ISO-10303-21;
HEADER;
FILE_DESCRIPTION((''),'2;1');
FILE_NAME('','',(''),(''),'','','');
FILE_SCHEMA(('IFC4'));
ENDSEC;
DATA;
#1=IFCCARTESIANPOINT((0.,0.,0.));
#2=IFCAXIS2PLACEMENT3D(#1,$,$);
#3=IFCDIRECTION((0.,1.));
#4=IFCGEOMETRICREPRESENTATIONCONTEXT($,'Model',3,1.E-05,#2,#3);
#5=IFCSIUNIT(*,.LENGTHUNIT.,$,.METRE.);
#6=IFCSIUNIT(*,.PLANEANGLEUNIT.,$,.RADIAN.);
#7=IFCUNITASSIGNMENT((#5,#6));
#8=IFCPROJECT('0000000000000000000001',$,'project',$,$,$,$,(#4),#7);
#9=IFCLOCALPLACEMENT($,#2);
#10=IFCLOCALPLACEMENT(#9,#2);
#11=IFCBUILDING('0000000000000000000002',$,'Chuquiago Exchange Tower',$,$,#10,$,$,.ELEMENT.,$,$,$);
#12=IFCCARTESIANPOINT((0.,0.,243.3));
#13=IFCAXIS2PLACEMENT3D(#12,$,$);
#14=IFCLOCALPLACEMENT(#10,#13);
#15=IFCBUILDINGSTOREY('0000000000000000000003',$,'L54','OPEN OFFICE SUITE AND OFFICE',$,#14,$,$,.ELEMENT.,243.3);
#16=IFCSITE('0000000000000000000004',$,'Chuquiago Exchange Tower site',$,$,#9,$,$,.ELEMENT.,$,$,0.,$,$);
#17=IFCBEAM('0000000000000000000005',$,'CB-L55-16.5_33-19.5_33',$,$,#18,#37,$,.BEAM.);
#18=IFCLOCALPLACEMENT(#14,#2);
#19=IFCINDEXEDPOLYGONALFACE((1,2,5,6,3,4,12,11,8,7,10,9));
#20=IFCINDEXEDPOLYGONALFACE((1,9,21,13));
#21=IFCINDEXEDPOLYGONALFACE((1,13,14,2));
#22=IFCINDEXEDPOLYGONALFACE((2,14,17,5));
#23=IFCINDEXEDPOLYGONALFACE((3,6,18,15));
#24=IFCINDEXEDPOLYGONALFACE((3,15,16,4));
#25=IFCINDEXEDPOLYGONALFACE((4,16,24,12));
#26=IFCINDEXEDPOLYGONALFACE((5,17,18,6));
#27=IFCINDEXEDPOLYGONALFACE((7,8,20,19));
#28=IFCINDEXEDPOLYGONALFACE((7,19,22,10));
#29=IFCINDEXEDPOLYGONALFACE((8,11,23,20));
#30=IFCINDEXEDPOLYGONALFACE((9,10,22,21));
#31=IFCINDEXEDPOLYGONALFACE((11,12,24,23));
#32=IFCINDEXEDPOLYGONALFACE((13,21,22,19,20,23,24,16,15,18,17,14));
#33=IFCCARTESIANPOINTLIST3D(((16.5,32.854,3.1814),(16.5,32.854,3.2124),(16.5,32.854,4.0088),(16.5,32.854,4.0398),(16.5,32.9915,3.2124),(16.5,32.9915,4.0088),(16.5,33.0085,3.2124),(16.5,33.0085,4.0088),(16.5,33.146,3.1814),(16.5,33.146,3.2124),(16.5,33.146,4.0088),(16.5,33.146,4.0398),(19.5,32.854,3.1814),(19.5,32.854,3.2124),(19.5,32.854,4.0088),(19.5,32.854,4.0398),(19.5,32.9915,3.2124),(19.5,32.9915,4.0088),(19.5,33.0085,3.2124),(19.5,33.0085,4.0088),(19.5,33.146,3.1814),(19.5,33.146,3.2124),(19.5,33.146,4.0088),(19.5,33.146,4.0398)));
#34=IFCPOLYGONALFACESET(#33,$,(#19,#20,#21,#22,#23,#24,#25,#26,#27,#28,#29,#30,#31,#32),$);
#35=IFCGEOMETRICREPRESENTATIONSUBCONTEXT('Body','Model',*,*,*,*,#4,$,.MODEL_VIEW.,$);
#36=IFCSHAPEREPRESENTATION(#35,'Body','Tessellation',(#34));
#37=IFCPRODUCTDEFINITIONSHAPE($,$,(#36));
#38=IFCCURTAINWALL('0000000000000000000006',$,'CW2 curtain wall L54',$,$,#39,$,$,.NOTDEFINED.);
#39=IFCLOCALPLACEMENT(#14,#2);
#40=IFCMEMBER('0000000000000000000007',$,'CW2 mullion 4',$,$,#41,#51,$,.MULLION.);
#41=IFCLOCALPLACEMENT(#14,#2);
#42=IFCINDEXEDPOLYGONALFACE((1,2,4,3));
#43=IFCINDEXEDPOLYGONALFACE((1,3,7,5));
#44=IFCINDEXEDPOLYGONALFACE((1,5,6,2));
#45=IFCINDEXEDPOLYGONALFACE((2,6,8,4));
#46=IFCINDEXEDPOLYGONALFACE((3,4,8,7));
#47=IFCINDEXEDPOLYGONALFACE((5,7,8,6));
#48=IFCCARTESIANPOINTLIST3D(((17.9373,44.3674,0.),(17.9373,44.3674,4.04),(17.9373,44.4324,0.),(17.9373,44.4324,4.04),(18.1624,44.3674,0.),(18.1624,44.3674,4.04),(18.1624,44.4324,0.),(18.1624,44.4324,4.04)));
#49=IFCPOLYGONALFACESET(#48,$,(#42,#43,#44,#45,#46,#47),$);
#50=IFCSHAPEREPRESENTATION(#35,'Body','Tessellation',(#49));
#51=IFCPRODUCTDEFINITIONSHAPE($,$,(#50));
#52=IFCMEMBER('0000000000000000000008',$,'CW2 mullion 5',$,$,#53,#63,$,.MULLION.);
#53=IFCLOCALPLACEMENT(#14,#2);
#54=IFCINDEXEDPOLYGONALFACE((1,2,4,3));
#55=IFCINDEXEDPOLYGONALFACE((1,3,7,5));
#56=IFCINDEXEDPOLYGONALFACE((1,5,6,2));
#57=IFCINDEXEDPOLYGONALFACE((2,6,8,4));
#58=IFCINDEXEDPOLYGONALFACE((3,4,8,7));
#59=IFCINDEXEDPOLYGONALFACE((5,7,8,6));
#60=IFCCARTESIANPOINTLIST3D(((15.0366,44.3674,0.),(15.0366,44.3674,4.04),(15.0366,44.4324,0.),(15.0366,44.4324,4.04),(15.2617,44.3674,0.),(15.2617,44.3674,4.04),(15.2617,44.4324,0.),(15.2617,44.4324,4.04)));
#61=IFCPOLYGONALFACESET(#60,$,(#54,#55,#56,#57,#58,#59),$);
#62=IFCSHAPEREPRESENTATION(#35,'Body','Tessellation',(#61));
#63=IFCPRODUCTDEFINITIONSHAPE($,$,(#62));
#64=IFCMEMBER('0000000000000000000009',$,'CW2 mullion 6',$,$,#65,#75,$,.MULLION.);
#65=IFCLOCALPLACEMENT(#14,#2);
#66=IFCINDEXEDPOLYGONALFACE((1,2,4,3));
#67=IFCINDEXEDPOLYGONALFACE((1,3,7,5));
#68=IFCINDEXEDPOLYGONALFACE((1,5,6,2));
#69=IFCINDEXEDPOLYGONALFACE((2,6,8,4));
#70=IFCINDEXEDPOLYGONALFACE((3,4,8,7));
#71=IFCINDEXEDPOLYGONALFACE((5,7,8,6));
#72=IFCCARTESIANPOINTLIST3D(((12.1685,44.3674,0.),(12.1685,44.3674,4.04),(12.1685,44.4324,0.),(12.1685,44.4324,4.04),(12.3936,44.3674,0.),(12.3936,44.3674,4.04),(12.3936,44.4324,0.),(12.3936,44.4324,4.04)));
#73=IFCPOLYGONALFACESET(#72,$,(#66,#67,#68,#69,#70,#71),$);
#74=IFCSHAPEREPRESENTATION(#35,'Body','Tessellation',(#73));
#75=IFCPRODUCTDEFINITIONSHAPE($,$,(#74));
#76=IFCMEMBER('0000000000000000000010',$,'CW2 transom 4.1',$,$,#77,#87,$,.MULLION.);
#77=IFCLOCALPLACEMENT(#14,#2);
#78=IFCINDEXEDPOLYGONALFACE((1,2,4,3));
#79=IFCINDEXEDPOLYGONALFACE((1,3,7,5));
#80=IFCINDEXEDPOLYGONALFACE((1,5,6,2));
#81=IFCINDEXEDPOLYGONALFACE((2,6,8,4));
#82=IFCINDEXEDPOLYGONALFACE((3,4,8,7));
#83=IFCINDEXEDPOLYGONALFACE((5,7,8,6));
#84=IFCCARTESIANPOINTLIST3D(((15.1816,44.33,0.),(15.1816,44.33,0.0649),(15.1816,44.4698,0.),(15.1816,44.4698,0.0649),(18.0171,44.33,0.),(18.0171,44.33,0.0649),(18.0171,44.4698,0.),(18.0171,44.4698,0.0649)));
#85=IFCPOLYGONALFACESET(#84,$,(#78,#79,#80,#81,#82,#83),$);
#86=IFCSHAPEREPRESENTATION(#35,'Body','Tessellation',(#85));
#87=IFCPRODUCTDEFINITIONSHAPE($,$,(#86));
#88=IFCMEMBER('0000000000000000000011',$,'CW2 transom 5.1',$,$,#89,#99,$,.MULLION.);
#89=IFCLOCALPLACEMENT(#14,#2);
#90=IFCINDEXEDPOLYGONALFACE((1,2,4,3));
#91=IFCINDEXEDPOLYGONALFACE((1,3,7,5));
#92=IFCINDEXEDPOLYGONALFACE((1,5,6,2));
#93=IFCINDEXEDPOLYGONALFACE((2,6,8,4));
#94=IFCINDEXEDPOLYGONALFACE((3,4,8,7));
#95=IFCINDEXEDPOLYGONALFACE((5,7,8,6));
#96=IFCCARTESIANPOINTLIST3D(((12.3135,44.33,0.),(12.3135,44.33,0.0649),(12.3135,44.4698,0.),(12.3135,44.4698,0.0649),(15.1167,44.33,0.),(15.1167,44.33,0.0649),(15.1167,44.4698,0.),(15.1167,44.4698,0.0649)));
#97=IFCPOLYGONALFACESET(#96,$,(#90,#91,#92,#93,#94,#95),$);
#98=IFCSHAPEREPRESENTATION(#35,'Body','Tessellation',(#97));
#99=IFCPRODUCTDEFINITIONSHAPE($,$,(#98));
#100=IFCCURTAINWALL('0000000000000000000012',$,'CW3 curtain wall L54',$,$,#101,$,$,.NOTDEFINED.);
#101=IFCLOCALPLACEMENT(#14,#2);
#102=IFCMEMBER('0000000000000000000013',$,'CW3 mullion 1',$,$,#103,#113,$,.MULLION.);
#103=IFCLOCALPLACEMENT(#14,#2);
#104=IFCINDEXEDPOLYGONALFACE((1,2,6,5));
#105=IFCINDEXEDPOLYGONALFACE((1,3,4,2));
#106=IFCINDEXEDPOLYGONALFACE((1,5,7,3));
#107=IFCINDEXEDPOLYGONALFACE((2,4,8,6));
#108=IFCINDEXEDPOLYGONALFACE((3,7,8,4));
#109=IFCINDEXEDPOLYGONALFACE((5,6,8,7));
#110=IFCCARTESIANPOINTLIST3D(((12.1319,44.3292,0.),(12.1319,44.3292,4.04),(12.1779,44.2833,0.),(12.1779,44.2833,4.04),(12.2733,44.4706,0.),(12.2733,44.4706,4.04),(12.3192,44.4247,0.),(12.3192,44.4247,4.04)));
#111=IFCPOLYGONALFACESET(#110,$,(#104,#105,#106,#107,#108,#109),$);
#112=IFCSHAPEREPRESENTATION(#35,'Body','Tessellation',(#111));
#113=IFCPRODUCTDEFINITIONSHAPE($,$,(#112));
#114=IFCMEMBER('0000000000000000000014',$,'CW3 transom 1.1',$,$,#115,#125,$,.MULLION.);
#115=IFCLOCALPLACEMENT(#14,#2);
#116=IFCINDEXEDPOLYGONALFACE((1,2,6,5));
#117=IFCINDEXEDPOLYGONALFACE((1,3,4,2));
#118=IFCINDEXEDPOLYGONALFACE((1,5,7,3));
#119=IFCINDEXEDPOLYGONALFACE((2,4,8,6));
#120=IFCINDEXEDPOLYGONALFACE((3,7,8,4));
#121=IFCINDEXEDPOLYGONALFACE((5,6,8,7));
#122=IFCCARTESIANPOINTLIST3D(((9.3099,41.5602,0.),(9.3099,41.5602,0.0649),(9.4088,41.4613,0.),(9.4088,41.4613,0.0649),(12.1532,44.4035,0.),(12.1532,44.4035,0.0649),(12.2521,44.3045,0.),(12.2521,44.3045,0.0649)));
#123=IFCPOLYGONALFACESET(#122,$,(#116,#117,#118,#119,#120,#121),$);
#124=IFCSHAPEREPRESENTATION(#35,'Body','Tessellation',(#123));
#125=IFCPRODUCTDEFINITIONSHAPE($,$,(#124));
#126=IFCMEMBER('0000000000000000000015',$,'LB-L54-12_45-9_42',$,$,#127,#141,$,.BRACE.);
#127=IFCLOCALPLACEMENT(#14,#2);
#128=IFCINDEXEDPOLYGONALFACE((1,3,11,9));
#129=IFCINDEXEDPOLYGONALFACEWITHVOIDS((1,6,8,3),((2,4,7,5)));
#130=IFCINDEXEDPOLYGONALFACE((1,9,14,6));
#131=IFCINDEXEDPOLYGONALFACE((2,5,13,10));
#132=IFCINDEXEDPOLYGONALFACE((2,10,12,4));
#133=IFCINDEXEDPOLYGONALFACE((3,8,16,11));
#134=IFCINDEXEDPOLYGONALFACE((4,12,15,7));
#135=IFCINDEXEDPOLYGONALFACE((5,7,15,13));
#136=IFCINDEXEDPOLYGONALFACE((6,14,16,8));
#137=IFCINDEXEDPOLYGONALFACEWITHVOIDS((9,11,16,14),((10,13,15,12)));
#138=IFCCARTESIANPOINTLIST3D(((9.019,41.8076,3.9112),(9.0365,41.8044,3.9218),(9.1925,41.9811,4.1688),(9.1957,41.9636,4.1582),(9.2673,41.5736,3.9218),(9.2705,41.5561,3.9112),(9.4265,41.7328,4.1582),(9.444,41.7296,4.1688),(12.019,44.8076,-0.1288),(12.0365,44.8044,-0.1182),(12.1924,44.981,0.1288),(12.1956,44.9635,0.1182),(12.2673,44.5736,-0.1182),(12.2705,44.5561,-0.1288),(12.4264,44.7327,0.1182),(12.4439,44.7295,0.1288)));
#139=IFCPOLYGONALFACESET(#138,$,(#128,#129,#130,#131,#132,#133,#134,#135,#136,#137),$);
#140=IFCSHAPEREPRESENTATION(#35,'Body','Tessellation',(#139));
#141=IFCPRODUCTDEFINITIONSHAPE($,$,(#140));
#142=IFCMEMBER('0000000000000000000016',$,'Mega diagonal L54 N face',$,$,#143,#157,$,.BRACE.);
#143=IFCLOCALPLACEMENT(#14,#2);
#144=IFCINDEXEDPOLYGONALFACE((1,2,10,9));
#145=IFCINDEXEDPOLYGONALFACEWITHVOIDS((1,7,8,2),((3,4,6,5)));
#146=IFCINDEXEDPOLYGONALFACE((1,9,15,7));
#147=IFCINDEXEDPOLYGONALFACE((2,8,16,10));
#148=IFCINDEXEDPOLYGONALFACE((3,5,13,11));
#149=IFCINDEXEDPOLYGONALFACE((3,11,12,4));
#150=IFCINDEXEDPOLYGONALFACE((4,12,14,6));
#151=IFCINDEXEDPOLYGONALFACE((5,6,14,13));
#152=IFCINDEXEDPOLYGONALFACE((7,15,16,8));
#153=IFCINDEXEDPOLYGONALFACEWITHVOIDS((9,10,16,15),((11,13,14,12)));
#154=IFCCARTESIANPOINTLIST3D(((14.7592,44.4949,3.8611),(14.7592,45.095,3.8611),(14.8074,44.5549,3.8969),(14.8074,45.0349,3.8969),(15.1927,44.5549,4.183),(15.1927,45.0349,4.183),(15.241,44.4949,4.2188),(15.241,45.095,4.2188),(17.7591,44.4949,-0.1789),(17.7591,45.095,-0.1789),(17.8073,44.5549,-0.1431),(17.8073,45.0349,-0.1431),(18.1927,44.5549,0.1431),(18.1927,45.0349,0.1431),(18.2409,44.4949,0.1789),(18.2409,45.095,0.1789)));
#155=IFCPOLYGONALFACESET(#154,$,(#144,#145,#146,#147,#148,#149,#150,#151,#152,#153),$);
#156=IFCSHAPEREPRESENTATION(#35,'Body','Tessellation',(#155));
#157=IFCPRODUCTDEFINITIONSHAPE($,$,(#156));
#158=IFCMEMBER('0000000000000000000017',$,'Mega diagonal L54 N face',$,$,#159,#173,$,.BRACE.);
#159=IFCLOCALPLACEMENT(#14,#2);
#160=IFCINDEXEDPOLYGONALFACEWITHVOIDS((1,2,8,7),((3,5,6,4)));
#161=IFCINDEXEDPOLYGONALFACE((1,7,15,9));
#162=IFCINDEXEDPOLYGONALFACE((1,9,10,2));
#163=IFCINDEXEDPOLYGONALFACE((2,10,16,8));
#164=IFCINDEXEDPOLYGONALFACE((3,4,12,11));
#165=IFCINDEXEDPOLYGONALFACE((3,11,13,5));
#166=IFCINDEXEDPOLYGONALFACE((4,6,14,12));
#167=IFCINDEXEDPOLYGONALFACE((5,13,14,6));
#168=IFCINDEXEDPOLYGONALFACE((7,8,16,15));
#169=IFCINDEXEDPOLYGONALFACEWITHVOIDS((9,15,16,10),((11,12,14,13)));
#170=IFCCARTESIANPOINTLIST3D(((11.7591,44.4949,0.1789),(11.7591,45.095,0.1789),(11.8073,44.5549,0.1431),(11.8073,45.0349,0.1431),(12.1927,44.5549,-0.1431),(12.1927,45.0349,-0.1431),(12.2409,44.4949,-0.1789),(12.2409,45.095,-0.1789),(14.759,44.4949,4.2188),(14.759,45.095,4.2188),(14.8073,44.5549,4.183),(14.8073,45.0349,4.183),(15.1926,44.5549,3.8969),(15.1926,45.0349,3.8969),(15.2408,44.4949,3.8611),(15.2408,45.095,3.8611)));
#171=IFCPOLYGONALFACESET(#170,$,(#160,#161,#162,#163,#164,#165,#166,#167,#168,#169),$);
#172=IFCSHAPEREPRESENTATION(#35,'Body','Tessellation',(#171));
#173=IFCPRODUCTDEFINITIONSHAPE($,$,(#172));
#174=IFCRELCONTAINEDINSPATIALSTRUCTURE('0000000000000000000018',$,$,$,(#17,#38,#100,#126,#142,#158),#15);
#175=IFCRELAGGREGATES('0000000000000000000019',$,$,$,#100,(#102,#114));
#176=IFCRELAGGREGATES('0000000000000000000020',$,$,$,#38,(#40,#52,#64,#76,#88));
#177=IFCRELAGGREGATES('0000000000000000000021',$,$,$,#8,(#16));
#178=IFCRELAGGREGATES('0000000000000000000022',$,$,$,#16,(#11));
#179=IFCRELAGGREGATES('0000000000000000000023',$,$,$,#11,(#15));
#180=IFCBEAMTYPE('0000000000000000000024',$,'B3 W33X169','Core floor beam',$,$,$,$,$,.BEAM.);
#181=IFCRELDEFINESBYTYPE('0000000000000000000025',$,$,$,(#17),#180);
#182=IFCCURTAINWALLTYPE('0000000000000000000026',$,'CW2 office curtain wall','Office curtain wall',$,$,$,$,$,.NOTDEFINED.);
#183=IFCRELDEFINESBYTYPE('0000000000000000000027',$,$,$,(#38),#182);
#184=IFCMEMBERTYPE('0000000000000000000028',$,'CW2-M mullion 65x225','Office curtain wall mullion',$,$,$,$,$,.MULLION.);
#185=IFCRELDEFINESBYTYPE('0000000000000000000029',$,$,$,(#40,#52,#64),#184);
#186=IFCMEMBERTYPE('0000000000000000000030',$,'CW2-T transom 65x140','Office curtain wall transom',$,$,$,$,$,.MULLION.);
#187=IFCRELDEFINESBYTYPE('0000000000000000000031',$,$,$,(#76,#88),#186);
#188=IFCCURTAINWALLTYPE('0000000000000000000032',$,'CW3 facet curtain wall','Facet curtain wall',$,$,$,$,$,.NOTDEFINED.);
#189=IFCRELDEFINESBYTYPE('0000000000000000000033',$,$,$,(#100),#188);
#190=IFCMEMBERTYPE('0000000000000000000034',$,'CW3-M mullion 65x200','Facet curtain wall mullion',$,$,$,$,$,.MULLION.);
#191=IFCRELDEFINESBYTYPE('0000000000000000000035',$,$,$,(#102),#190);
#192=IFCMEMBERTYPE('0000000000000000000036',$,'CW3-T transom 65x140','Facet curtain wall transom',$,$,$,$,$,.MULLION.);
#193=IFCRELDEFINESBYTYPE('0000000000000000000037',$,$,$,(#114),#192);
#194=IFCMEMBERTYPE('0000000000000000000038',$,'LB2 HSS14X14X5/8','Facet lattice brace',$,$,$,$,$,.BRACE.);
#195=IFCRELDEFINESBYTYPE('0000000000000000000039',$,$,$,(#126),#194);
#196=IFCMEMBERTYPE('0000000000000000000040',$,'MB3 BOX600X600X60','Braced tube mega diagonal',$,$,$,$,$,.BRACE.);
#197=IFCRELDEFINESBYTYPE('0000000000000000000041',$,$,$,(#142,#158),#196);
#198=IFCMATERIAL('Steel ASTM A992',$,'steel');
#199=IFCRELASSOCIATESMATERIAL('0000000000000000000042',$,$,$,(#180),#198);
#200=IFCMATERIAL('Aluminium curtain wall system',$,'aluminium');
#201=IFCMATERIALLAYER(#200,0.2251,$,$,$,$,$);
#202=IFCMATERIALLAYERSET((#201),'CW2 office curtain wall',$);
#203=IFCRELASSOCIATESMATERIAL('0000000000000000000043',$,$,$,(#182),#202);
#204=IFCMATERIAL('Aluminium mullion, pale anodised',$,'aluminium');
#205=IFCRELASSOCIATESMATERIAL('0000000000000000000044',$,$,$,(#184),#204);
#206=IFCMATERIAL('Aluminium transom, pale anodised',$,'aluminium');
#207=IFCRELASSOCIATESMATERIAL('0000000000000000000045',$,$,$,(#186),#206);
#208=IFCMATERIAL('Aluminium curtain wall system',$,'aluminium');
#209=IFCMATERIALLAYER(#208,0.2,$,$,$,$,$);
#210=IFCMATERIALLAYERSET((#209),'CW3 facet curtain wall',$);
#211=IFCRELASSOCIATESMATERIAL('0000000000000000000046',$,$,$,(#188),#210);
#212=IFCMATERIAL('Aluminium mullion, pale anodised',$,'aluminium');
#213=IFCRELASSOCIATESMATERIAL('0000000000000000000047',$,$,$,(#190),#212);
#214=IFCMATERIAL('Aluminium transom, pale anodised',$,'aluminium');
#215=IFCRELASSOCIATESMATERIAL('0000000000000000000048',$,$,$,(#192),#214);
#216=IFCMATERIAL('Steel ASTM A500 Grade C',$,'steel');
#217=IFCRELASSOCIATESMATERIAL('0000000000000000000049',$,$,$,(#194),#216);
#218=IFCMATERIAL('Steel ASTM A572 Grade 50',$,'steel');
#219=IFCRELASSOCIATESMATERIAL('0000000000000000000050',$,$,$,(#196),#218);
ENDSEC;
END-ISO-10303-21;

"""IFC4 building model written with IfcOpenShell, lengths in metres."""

from ifc_helpers import new_model, si_unit, direction, frame, origin, origin_2d, place, context, subcontext, project, spatial, rectangle, hollow_rectangle, i_section, extrude, material, layer, layer_set, material_profile, profile_set, type_object, element, aggregate, save


model = new_model("IFC4")

# Units and contexts
model_context = context("Model", 3, precision=1e-05, world=origin(), true_north=direction((0.0, 1.0)))
body_context = subcontext(model_context, "Body", "Model", "MODEL_VIEW")
ifc_project = project(units=[si_unit("LENGTHUNIT", "METRE"), si_unit("PLANEANGLEUNIT", "RADIAN")], contexts=[model_context])

# Site, building, storey
site_placement = place(None, origin())
site = spatial("IfcSite", under=ifc_project, at=site_placement, Name="Chuquiago Exchange Tower site", CompositionType="ELEMENT", RefElevation=0.0)
building_placement = place(site_placement, origin())
building = spatial("IfcBuilding", under=site, at=building_placement, Name="Chuquiago Exchange Tower", CompositionType="ELEMENT")
storey_placement = place(building_placement, frame((0.0, 0.0, 243.3)))
storey = spatial("IfcBuildingStorey", under=building, at=storey_placement, Name="L54", Description="OPEN OFFICE SUITE AND OFFICE", CompositionType="ELEMENT", Elevation=243.3)

# Beam
ifc_material_1 = material(Name="Steel ASTM A992", Category="steel")
ifc_material_profile_1 = material_profile(ifc_material_1, i_section(OverallWidth=0.292, OverallDepth=0.8584, WebThickness=0.0171, FlangeThickness=0.031, at=origin_2d()), Name="W33X169")
ifc_profile_set_1 = profile_set([ifc_material_profile_1], Name="Steel ASTM A992")
beam_type_1 = type_object("IfcBeamType", Name="B3 W33X169", Description="Core floor beam", PredefinedType="BEAM", material=ifc_profile_set_1)
beam_1_placement = place(storey_placement, frame((16.5, 33.0, 3.6106), z_axis=(1.0, 0.0, 0.0), x_axis=(0.0, 1.0, 0.0)))
element("IfcBeam", 1, at=beam_1_placement, inside=storey, type_object=beam_type_1, Name="CB-L55-16.5_33-19.5_33", PredefinedType="BEAM", context=body_context, shape_type="SweptSolid", body=[
    extrude(i_section(OverallWidth=0.292, OverallDepth=0.8584, WebThickness=0.0171, FlangeThickness=0.031, at=origin_2d()), origin(), (0.0, 0.0, 1.0), 3.0),
])

# Curtain walls, members
ifc_material_2 = material(Name="Aluminium curtain wall system", Category="aluminium")
ifc_layer_1 = layer(ifc_material_2, 0.2251)
ifc_layer_set_1 = layer_set([ifc_layer_1], Name="CW2 office curtain wall")
curtain_wall_type_1 = type_object("IfcCurtainWallType", Name="CW2 office curtain wall", Description="Office curtain wall", PredefinedType="NOTDEFINED", material=ifc_layer_set_1)
curtain_wall_1_placement = place(storey_placement, origin())
curtain_wall_1 = element("IfcCurtainWall", 2, at=curtain_wall_1_placement, inside=storey, type_object=curtain_wall_type_1, Name="CW2 curtain wall L54", PredefinedType="NOTDEFINED")
ifc_material_3 = material(Name="Aluminium mullion, pale anodised", Category="aluminium")
ifc_material_profile_2 = material_profile(ifc_material_3, rectangle(XDim=0.0649, YDim=0.2251, at=origin_2d()), Name="AL 65x225")
ifc_profile_set_2 = profile_set([ifc_material_profile_2], Name="Aluminium mullion, pale anodised")
member_type_1 = type_object("IfcMemberType", Name="CW2-M mullion 65x225", Description="Office curtain wall mullion", PredefinedType="MULLION", material=ifc_profile_set_2)
member_1_placement = place(storey_placement, frame((18.0498, 44.3999, 0.0), z_axis=(0.0, 0.0, 1.0), x_axis=(0.0, -1.0, 0.0)))
member_1 = element("IfcMember", 3, at=member_1_placement, type_object=member_type_1, Name="CW2 mullion 4", PredefinedType="MULLION", context=body_context, shape_type="SweptSolid", body=[
    extrude(rectangle(XDim=0.0649, YDim=0.2251, at=origin_2d()), origin(), (0.0, 0.0, 1.0), 4.04),
])
member_2_placement = place(storey_placement, frame((15.1492, 44.3999, 0.0), z_axis=(0.0, 0.0, 1.0), x_axis=(0.0, -1.0, 0.0)))
member_2 = element("IfcMember", 4, at=member_2_placement, type_object=member_type_1, Name="CW2 mullion 5", PredefinedType="MULLION", context=body_context, shape_type="SweptSolid", body=[
    extrude(rectangle(XDim=0.0649, YDim=0.2251, at=origin_2d()), origin(), (0.0, 0.0, 1.0), 4.04),
])
member_3_placement = place(storey_placement, frame((12.281, 44.3999, 0.0), z_axis=(0.0, 0.0, 1.0), x_axis=(0.0, -1.0, 0.0)))
member_3 = element("IfcMember", 5, at=member_3_placement, type_object=member_type_1, Name="CW2 mullion 6", PredefinedType="MULLION", context=body_context, shape_type="SweptSolid", body=[
    extrude(rectangle(XDim=0.0649, YDim=0.2251, at=origin_2d()), origin(), (0.0, 0.0, 1.0), 4.04),
])
ifc_material_4 = material(Name="Aluminium transom, pale anodised", Category="aluminium")
ifc_material_profile_3 = material_profile(ifc_material_4, rectangle(XDim=0.1399, YDim=0.0649, at=origin_2d()), Name="AL 140x65")
ifc_profile_set_3 = profile_set([ifc_material_profile_3], Name="Aluminium transom, pale anodised")
member_type_2 = type_object("IfcMemberType", Name="CW2-T transom 65x140", Description="Office curtain wall transom", PredefinedType="MULLION", material=ifc_profile_set_3)
member_4_placement = place(storey_placement, frame((18.0171, 44.3999, 0.0325), z_axis=(-1.0, 0.0, 0.0), x_axis=(0.0, -1.0, 0.0)))
member_4 = element("IfcMember", 6, at=member_4_placement, type_object=member_type_2, Name="CW2 transom 4.1", PredefinedType="MULLION", context=body_context, shape_type="SweptSolid", body=[
    extrude(rectangle(XDim=0.1399, YDim=0.0649, at=origin_2d()), origin(), (0.0, 0.0, 1.0), 2.8354),
])
member_5_placement = place(storey_placement, frame((15.1167, 44.3999, 0.0325), z_axis=(-1.0, 0.0, 0.0), x_axis=(0.0, -1.0, 0.0)))
member_5 = element("IfcMember", 7, at=member_5_placement, type_object=member_type_2, Name="CW2 transom 5.1", PredefinedType="MULLION", context=body_context, shape_type="SweptSolid", body=[
    extrude(rectangle(XDim=0.1399, YDim=0.0649, at=origin_2d()), origin(), (0.0, 0.0, 1.0), 2.8032),
])
ifc_material_5 = material(Name="Aluminium curtain wall system", Category="aluminium")
ifc_layer_2 = layer(ifc_material_5, 0.2)
ifc_layer_set_2 = layer_set([ifc_layer_2], Name="CW3 facet curtain wall")
curtain_wall_type_2 = type_object("IfcCurtainWallType", Name="CW3 facet curtain wall", Description="Facet curtain wall", PredefinedType="NOTDEFINED", material=ifc_layer_set_2)
curtain_wall_2_placement = place(storey_placement, origin())
curtain_wall_2 = element("IfcCurtainWall", 8, at=curtain_wall_2_placement, inside=storey, type_object=curtain_wall_type_2, Name="CW3 curtain wall L54", PredefinedType="NOTDEFINED")
ifc_material_6 = material(Name="Aluminium mullion, pale anodised", Category="aluminium")
ifc_material_profile_4 = material_profile(ifc_material_6, rectangle(XDim=0.0649, YDim=0.2, at=origin_2d()), Name="AL 65x200")
ifc_profile_set_4 = profile_set([ifc_material_profile_4], Name="Aluminium mullion, pale anodised")
member_type_3 = type_object("IfcMemberType", Name="CW3-M mullion 65x200", Description="Facet curtain wall mullion", PredefinedType="MULLION", material=ifc_profile_set_4)
member_6_placement = place(storey_placement, frame((12.2256, 44.377, 0.0), z_axis=(0.0, 0.0, 1.0), x_axis=(0.707107, -0.707107, 0.0)))
member_6 = element("IfcMember", 9, at=member_6_placement, type_object=member_type_3, Name="CW3 mullion 1", PredefinedType="MULLION", context=body_context, shape_type="SweptSolid", body=[
    extrude(rectangle(XDim=0.0649, YDim=0.2, at=origin_2d()), origin(), (0.0, 0.0, 1.0), 4.04),
])
ifc_material_7 = material(Name="Aluminium transom, pale anodised", Category="aluminium")
ifc_material_profile_5 = material_profile(ifc_material_7, rectangle(XDim=0.1399, YDim=0.0649, at=origin_2d()), Name="AL 140x65")
ifc_profile_set_5 = profile_set([ifc_material_profile_5], Name="Aluminium transom, pale anodised")
member_type_4 = type_object("IfcMemberType", Name="CW3-T transom 65x140", Description="Facet curtain wall transom", PredefinedType="MULLION", material=ifc_profile_set_5)
member_7_placement = place(storey_placement, frame((12.2026, 44.354, 0.0325), z_axis=(-0.707107, -0.707107, 0.0), x_axis=(0.707107, -0.707107, 0.0)))
member_7 = element("IfcMember", 10, at=member_7_placement, type_object=member_type_4, Name="CW3 transom 1.1", PredefinedType="MULLION", context=body_context, shape_type="SweptSolid", body=[
    extrude(rectangle(XDim=0.1399, YDim=0.0649, at=origin_2d()), origin(), (0.0, 0.0, 1.0), 4.021),
])
aggregate(curtain_wall_2, [member_6, member_7])

# Members
ifc_material_8 = material(Name="Steel ASTM A500 Grade C", Category="steel")
ifc_material_profile_6 = material_profile(ifc_material_8, hollow_rectangle(XDim=0.3557, YDim=0.3557, WallThickness=0.0146, at=origin_2d()), Name="HSS14X14X5/8")
ifc_profile_set_6 = profile_set([ifc_material_profile_6], Name="Steel ASTM A500 Grade C")
member_type_5 = type_object("IfcMemberType", Name="LB2 HSS14X14X5/8", Description="Facet lattice brace", PredefinedType="BRACE", material=ifc_profile_set_6)
member_8_placement = place(storey_placement, frame((12.2314, 44.7686, 0.0), z_axis=(-0.512077, -0.512077, 0.689604), x_axis=(0.707107, -0.707107, 0.0)))
element("IfcMember", 11, at=member_8_placement, inside=storey, type_object=member_type_5, Name="LB-L54-12_45-9_42", PredefinedType="BRACE", context=body_context, shape_type="SweptSolid", body=[
    extrude(hollow_rectangle(XDim=0.3557, YDim=0.3557, WallThickness=0.0146, at=origin_2d()), origin(), (0.0, 0.0, 1.0), 5.8584),
])
ifc_material_9 = material(Name="Steel ASTM A572 Grade 50", Category="steel")
ifc_material_profile_7 = material_profile(ifc_material_9, hollow_rectangle(XDim=0.6001, YDim=0.6001, WallThickness=0.0601, at=origin_2d()), Name="BOX600X600X60")
ifc_profile_set_7 = profile_set([ifc_material_profile_7], Name="Steel ASTM A572 Grade 50")
member_type_6 = type_object("IfcMemberType", Name="MB3 BOX600X600X60", Description="Braced tube mega diagonal", PredefinedType="BRACE", material=ifc_profile_set_7)
for number, where, z_axis, x_axis, name in (
    (12, (18.0, 44.7949, 0.0), (-0.596174, 0.0, 0.802855), (0.0, -1.0, 0.0), "Mega diagonal L54 N face"),
    (13, (12.0, 44.7949, 0.0), (0.596174, 0.0, 0.802855), (0.0, 1.0, 0.0), "Mega diagonal L54 N face"),
):
    element("IfcMember", number, at=place(storey_placement, frame(where, z_axis=z_axis, x_axis=x_axis)), inside=storey, type_object=member_type_6, Name=name, PredefinedType="BRACE", context=body_context, shape_type="SweptSolid", body=[
        extrude(hollow_rectangle(XDim=0.6001, YDim=0.6001, WallThickness=0.0601, at=origin_2d()), origin(), (0.0, 0.0, 1.0), 5.032),
    ])

aggregate(curtain_wall_1, [member_1, member_2, member_3, member_4, member_5])

save(model, "model.ifc")
